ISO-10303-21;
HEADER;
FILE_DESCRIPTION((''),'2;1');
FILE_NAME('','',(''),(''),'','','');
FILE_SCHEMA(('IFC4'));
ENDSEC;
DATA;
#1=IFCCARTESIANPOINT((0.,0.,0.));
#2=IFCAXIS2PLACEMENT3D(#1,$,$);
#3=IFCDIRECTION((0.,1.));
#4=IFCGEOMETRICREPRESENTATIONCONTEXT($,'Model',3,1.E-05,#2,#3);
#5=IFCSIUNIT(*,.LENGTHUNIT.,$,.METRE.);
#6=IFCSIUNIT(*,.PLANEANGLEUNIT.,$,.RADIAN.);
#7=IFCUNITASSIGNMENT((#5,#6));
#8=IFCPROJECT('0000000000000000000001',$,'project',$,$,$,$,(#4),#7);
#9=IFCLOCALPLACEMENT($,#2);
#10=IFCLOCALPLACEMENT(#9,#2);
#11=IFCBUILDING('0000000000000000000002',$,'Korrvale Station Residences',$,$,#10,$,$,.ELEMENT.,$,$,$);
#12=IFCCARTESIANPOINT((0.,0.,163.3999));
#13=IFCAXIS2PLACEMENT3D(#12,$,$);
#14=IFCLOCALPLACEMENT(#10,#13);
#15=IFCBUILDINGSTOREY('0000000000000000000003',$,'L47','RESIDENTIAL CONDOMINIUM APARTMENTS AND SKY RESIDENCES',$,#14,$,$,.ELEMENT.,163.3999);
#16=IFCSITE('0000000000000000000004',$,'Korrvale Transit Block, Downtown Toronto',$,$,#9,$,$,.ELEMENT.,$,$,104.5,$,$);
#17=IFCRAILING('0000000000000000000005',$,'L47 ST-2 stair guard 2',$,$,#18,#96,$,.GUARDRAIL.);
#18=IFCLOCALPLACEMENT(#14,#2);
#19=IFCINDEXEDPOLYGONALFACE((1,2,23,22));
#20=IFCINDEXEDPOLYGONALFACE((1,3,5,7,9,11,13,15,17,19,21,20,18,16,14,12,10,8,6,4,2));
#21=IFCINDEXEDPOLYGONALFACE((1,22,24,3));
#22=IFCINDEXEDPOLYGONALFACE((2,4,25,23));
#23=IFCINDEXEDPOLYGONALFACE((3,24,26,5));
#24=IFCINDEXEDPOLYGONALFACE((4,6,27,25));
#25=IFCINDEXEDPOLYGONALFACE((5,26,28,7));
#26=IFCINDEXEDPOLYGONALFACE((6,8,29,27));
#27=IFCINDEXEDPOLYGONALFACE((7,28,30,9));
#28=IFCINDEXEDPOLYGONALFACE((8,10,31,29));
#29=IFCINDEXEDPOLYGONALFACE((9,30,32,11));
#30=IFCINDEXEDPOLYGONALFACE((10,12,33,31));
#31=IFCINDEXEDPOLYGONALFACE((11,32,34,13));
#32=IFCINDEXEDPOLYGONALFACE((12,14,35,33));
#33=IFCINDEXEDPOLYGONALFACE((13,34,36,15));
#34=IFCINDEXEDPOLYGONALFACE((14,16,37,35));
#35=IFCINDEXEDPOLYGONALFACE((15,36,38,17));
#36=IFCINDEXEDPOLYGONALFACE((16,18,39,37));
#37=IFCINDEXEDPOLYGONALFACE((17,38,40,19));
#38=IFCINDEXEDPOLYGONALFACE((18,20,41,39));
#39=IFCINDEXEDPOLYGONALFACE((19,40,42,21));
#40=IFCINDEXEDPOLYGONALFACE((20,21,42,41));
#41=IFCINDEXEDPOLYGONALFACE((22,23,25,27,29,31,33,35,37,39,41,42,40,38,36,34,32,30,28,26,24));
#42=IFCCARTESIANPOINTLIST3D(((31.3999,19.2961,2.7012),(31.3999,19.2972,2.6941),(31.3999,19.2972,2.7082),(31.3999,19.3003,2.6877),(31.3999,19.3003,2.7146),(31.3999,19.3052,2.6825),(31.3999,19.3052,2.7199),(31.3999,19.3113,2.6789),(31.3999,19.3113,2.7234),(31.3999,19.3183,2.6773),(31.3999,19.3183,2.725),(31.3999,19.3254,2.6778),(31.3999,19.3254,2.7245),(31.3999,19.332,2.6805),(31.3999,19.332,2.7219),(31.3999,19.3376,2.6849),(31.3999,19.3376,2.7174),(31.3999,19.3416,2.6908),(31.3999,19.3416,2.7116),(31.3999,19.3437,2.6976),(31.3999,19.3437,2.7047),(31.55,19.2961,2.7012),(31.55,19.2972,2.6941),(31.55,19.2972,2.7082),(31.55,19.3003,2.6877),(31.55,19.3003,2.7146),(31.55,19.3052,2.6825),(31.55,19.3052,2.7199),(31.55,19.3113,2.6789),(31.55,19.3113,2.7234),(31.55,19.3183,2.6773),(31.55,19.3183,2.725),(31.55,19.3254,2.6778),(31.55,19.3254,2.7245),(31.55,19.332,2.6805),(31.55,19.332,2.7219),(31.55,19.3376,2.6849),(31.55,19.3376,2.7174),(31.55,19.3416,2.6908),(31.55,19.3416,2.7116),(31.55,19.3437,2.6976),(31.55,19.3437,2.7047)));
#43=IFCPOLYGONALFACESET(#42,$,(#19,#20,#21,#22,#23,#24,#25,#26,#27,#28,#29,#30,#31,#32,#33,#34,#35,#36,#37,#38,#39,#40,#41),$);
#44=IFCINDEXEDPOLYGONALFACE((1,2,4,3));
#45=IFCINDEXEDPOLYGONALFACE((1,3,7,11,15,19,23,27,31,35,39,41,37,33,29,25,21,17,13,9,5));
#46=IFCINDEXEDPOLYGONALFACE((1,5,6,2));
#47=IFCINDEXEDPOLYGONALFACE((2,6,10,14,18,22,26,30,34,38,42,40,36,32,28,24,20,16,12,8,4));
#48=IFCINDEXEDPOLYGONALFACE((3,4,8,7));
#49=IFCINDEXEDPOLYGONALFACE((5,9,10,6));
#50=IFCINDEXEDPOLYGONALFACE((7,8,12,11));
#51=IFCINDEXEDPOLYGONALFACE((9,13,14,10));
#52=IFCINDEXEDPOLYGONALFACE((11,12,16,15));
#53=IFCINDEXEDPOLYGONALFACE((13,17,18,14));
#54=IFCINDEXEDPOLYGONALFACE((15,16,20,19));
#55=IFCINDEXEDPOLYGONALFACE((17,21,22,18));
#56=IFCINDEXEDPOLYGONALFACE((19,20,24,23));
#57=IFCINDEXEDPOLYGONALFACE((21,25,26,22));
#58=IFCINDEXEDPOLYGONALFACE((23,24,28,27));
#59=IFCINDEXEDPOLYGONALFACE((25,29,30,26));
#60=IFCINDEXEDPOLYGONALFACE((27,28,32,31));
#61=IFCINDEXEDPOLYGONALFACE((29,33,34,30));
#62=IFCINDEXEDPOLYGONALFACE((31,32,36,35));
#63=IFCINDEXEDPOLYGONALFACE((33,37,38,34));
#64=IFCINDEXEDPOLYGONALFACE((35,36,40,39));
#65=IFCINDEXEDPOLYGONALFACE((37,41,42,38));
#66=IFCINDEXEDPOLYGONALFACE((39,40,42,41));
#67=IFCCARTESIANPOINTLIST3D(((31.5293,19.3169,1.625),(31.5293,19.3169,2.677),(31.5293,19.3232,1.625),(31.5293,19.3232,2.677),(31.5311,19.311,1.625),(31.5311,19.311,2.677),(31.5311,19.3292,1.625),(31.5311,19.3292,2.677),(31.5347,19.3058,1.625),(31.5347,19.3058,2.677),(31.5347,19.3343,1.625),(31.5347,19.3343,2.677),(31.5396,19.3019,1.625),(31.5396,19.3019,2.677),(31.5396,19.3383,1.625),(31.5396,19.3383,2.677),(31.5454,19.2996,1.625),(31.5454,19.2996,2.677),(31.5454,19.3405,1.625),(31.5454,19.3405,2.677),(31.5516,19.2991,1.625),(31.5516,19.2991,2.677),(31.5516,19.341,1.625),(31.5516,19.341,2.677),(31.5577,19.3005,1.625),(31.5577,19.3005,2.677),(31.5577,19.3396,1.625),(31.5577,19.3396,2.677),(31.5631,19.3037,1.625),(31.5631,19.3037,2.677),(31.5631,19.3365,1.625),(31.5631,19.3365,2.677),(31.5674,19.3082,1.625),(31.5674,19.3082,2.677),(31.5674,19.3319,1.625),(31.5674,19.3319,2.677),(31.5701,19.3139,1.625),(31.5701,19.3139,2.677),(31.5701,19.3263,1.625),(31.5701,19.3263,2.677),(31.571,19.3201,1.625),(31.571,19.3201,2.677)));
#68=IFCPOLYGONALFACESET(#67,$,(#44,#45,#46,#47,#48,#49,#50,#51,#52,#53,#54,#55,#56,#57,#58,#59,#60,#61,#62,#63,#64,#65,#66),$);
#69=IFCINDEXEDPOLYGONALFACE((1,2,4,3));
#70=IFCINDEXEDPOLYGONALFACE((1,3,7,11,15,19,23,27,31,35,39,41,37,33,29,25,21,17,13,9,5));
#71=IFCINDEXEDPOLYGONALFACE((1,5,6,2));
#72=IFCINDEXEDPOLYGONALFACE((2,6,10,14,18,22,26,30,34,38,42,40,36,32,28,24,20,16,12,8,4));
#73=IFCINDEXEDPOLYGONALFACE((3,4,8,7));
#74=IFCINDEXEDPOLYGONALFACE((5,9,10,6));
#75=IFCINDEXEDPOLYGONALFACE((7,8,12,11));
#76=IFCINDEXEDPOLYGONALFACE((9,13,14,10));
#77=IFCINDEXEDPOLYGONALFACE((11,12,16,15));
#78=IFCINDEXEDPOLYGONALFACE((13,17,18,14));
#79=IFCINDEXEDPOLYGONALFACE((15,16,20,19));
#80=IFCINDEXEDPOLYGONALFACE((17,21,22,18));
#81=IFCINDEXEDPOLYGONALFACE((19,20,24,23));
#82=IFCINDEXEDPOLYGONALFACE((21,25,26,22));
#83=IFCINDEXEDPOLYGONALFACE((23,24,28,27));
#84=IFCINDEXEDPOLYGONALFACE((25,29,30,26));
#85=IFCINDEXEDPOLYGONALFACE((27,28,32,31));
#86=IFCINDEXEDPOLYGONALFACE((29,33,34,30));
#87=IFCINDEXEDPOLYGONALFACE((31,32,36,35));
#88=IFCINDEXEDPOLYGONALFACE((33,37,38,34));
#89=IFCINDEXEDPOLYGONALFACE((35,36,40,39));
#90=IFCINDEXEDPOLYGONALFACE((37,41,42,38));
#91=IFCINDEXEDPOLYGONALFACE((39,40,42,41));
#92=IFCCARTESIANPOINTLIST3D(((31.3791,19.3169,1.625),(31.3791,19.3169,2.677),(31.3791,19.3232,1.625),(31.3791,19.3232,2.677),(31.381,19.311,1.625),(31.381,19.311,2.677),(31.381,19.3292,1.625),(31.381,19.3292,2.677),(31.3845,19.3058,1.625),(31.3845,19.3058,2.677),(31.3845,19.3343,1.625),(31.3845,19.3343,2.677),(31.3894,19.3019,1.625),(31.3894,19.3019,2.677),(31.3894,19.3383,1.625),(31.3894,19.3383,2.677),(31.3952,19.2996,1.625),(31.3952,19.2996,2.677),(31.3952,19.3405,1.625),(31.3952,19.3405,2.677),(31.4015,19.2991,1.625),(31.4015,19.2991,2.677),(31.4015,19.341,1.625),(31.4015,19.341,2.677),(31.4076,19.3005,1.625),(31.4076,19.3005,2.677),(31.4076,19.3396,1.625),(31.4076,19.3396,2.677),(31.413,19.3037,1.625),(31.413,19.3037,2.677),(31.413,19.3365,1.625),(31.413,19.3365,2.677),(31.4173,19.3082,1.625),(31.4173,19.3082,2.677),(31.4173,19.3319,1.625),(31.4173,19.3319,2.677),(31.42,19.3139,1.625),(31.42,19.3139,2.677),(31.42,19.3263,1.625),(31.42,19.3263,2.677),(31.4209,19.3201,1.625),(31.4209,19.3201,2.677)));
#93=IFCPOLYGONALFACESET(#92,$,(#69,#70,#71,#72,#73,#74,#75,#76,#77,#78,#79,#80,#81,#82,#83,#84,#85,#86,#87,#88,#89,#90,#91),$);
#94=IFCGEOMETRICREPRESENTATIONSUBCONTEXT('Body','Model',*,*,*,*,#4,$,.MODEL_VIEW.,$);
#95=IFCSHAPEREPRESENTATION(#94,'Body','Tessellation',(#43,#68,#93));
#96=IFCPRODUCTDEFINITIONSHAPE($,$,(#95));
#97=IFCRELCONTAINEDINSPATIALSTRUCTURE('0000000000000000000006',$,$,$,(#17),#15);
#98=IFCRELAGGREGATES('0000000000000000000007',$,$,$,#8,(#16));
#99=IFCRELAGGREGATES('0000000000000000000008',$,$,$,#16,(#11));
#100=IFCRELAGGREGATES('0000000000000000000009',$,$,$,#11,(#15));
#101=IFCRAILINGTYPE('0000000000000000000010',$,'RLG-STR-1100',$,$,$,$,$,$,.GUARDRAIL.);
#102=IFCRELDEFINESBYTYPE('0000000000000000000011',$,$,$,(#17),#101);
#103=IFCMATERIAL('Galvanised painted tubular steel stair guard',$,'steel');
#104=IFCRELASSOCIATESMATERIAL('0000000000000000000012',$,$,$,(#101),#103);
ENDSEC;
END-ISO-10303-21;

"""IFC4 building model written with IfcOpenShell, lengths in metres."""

from ifc_helpers import new_model, si_unit, direction, frame, origin, origin_2d, place, context, subcontext, project, spatial, circle, extrude, material, type_object, element, save


model = new_model("IFC4")

# Units and contexts
model_context = context("Model", 3, precision=1e-05, world=origin(), true_north=direction((0.0, 1.0)))
body_context = subcontext(model_context, "Body", "Model", "MODEL_VIEW")
ifc_project = project(units=[si_unit("LENGTHUNIT", "METRE"), si_unit("PLANEANGLEUNIT", "RADIAN")], contexts=[model_context])

# Site, building, storey
site_placement = place(None, origin())
site = spatial("IfcSite", under=ifc_project, at=site_placement, Name="Korrvale Transit Block, Downtown Toronto", CompositionType="ELEMENT", RefElevation=104.5)
building_placement = place(site_placement, origin())
building = spatial("IfcBuilding", under=site, at=building_placement, Name="Korrvale Station Residences", CompositionType="ELEMENT")
storey_placement = place(building_placement, frame((0.0, 0.0, 163.3999)))
storey = spatial("IfcBuildingStorey", under=building, at=storey_placement, Name="L47", Description="RESIDENTIAL CONDOMINIUM APARTMENTS AND SKY RESIDENCES", CompositionType="ELEMENT", Elevation=163.3999)

# Railing
ifc_material_1 = material(Name="Galvanised painted tubular steel stair guard", Category="steel")
railing_type_1 = type_object("IfcRailingType", Name="RLG-STR-1100", PredefinedType="GUARDRAIL", material=ifc_material_1)
railing_1_placement = place(storey_placement, frame((31.55, 19.3201, 1.625)))
element("IfcRailing", 1, at=railing_1_placement, inside=storey, type_object=railing_type_1, Name="L47 ST-2 stair guard 2", PredefinedType="GUARDRAIL", context=body_context, shape_type="SweptSolid", body=[
    extrude(circle(Radius=0.0239, at=origin_2d()), frame((0.0, 0.0, 1.0762), z_axis=(-1.0, 0.0, 0.0), x_axis=(0.0, -1.0, 0.0)), (0.0, 0.0, 1.0), 0.1501),
    extrude(circle(Radius=0.021, at=origin_2d()), origin(), (0.0, 0.0, 1.0), 1.052),
    extrude(circle(Radius=0.021, at=origin_2d()), frame((-0.1501, 0.0, 0.0)), (0.0, 0.0, 1.0), 1.052),
])

save(model, "model.ifc")
